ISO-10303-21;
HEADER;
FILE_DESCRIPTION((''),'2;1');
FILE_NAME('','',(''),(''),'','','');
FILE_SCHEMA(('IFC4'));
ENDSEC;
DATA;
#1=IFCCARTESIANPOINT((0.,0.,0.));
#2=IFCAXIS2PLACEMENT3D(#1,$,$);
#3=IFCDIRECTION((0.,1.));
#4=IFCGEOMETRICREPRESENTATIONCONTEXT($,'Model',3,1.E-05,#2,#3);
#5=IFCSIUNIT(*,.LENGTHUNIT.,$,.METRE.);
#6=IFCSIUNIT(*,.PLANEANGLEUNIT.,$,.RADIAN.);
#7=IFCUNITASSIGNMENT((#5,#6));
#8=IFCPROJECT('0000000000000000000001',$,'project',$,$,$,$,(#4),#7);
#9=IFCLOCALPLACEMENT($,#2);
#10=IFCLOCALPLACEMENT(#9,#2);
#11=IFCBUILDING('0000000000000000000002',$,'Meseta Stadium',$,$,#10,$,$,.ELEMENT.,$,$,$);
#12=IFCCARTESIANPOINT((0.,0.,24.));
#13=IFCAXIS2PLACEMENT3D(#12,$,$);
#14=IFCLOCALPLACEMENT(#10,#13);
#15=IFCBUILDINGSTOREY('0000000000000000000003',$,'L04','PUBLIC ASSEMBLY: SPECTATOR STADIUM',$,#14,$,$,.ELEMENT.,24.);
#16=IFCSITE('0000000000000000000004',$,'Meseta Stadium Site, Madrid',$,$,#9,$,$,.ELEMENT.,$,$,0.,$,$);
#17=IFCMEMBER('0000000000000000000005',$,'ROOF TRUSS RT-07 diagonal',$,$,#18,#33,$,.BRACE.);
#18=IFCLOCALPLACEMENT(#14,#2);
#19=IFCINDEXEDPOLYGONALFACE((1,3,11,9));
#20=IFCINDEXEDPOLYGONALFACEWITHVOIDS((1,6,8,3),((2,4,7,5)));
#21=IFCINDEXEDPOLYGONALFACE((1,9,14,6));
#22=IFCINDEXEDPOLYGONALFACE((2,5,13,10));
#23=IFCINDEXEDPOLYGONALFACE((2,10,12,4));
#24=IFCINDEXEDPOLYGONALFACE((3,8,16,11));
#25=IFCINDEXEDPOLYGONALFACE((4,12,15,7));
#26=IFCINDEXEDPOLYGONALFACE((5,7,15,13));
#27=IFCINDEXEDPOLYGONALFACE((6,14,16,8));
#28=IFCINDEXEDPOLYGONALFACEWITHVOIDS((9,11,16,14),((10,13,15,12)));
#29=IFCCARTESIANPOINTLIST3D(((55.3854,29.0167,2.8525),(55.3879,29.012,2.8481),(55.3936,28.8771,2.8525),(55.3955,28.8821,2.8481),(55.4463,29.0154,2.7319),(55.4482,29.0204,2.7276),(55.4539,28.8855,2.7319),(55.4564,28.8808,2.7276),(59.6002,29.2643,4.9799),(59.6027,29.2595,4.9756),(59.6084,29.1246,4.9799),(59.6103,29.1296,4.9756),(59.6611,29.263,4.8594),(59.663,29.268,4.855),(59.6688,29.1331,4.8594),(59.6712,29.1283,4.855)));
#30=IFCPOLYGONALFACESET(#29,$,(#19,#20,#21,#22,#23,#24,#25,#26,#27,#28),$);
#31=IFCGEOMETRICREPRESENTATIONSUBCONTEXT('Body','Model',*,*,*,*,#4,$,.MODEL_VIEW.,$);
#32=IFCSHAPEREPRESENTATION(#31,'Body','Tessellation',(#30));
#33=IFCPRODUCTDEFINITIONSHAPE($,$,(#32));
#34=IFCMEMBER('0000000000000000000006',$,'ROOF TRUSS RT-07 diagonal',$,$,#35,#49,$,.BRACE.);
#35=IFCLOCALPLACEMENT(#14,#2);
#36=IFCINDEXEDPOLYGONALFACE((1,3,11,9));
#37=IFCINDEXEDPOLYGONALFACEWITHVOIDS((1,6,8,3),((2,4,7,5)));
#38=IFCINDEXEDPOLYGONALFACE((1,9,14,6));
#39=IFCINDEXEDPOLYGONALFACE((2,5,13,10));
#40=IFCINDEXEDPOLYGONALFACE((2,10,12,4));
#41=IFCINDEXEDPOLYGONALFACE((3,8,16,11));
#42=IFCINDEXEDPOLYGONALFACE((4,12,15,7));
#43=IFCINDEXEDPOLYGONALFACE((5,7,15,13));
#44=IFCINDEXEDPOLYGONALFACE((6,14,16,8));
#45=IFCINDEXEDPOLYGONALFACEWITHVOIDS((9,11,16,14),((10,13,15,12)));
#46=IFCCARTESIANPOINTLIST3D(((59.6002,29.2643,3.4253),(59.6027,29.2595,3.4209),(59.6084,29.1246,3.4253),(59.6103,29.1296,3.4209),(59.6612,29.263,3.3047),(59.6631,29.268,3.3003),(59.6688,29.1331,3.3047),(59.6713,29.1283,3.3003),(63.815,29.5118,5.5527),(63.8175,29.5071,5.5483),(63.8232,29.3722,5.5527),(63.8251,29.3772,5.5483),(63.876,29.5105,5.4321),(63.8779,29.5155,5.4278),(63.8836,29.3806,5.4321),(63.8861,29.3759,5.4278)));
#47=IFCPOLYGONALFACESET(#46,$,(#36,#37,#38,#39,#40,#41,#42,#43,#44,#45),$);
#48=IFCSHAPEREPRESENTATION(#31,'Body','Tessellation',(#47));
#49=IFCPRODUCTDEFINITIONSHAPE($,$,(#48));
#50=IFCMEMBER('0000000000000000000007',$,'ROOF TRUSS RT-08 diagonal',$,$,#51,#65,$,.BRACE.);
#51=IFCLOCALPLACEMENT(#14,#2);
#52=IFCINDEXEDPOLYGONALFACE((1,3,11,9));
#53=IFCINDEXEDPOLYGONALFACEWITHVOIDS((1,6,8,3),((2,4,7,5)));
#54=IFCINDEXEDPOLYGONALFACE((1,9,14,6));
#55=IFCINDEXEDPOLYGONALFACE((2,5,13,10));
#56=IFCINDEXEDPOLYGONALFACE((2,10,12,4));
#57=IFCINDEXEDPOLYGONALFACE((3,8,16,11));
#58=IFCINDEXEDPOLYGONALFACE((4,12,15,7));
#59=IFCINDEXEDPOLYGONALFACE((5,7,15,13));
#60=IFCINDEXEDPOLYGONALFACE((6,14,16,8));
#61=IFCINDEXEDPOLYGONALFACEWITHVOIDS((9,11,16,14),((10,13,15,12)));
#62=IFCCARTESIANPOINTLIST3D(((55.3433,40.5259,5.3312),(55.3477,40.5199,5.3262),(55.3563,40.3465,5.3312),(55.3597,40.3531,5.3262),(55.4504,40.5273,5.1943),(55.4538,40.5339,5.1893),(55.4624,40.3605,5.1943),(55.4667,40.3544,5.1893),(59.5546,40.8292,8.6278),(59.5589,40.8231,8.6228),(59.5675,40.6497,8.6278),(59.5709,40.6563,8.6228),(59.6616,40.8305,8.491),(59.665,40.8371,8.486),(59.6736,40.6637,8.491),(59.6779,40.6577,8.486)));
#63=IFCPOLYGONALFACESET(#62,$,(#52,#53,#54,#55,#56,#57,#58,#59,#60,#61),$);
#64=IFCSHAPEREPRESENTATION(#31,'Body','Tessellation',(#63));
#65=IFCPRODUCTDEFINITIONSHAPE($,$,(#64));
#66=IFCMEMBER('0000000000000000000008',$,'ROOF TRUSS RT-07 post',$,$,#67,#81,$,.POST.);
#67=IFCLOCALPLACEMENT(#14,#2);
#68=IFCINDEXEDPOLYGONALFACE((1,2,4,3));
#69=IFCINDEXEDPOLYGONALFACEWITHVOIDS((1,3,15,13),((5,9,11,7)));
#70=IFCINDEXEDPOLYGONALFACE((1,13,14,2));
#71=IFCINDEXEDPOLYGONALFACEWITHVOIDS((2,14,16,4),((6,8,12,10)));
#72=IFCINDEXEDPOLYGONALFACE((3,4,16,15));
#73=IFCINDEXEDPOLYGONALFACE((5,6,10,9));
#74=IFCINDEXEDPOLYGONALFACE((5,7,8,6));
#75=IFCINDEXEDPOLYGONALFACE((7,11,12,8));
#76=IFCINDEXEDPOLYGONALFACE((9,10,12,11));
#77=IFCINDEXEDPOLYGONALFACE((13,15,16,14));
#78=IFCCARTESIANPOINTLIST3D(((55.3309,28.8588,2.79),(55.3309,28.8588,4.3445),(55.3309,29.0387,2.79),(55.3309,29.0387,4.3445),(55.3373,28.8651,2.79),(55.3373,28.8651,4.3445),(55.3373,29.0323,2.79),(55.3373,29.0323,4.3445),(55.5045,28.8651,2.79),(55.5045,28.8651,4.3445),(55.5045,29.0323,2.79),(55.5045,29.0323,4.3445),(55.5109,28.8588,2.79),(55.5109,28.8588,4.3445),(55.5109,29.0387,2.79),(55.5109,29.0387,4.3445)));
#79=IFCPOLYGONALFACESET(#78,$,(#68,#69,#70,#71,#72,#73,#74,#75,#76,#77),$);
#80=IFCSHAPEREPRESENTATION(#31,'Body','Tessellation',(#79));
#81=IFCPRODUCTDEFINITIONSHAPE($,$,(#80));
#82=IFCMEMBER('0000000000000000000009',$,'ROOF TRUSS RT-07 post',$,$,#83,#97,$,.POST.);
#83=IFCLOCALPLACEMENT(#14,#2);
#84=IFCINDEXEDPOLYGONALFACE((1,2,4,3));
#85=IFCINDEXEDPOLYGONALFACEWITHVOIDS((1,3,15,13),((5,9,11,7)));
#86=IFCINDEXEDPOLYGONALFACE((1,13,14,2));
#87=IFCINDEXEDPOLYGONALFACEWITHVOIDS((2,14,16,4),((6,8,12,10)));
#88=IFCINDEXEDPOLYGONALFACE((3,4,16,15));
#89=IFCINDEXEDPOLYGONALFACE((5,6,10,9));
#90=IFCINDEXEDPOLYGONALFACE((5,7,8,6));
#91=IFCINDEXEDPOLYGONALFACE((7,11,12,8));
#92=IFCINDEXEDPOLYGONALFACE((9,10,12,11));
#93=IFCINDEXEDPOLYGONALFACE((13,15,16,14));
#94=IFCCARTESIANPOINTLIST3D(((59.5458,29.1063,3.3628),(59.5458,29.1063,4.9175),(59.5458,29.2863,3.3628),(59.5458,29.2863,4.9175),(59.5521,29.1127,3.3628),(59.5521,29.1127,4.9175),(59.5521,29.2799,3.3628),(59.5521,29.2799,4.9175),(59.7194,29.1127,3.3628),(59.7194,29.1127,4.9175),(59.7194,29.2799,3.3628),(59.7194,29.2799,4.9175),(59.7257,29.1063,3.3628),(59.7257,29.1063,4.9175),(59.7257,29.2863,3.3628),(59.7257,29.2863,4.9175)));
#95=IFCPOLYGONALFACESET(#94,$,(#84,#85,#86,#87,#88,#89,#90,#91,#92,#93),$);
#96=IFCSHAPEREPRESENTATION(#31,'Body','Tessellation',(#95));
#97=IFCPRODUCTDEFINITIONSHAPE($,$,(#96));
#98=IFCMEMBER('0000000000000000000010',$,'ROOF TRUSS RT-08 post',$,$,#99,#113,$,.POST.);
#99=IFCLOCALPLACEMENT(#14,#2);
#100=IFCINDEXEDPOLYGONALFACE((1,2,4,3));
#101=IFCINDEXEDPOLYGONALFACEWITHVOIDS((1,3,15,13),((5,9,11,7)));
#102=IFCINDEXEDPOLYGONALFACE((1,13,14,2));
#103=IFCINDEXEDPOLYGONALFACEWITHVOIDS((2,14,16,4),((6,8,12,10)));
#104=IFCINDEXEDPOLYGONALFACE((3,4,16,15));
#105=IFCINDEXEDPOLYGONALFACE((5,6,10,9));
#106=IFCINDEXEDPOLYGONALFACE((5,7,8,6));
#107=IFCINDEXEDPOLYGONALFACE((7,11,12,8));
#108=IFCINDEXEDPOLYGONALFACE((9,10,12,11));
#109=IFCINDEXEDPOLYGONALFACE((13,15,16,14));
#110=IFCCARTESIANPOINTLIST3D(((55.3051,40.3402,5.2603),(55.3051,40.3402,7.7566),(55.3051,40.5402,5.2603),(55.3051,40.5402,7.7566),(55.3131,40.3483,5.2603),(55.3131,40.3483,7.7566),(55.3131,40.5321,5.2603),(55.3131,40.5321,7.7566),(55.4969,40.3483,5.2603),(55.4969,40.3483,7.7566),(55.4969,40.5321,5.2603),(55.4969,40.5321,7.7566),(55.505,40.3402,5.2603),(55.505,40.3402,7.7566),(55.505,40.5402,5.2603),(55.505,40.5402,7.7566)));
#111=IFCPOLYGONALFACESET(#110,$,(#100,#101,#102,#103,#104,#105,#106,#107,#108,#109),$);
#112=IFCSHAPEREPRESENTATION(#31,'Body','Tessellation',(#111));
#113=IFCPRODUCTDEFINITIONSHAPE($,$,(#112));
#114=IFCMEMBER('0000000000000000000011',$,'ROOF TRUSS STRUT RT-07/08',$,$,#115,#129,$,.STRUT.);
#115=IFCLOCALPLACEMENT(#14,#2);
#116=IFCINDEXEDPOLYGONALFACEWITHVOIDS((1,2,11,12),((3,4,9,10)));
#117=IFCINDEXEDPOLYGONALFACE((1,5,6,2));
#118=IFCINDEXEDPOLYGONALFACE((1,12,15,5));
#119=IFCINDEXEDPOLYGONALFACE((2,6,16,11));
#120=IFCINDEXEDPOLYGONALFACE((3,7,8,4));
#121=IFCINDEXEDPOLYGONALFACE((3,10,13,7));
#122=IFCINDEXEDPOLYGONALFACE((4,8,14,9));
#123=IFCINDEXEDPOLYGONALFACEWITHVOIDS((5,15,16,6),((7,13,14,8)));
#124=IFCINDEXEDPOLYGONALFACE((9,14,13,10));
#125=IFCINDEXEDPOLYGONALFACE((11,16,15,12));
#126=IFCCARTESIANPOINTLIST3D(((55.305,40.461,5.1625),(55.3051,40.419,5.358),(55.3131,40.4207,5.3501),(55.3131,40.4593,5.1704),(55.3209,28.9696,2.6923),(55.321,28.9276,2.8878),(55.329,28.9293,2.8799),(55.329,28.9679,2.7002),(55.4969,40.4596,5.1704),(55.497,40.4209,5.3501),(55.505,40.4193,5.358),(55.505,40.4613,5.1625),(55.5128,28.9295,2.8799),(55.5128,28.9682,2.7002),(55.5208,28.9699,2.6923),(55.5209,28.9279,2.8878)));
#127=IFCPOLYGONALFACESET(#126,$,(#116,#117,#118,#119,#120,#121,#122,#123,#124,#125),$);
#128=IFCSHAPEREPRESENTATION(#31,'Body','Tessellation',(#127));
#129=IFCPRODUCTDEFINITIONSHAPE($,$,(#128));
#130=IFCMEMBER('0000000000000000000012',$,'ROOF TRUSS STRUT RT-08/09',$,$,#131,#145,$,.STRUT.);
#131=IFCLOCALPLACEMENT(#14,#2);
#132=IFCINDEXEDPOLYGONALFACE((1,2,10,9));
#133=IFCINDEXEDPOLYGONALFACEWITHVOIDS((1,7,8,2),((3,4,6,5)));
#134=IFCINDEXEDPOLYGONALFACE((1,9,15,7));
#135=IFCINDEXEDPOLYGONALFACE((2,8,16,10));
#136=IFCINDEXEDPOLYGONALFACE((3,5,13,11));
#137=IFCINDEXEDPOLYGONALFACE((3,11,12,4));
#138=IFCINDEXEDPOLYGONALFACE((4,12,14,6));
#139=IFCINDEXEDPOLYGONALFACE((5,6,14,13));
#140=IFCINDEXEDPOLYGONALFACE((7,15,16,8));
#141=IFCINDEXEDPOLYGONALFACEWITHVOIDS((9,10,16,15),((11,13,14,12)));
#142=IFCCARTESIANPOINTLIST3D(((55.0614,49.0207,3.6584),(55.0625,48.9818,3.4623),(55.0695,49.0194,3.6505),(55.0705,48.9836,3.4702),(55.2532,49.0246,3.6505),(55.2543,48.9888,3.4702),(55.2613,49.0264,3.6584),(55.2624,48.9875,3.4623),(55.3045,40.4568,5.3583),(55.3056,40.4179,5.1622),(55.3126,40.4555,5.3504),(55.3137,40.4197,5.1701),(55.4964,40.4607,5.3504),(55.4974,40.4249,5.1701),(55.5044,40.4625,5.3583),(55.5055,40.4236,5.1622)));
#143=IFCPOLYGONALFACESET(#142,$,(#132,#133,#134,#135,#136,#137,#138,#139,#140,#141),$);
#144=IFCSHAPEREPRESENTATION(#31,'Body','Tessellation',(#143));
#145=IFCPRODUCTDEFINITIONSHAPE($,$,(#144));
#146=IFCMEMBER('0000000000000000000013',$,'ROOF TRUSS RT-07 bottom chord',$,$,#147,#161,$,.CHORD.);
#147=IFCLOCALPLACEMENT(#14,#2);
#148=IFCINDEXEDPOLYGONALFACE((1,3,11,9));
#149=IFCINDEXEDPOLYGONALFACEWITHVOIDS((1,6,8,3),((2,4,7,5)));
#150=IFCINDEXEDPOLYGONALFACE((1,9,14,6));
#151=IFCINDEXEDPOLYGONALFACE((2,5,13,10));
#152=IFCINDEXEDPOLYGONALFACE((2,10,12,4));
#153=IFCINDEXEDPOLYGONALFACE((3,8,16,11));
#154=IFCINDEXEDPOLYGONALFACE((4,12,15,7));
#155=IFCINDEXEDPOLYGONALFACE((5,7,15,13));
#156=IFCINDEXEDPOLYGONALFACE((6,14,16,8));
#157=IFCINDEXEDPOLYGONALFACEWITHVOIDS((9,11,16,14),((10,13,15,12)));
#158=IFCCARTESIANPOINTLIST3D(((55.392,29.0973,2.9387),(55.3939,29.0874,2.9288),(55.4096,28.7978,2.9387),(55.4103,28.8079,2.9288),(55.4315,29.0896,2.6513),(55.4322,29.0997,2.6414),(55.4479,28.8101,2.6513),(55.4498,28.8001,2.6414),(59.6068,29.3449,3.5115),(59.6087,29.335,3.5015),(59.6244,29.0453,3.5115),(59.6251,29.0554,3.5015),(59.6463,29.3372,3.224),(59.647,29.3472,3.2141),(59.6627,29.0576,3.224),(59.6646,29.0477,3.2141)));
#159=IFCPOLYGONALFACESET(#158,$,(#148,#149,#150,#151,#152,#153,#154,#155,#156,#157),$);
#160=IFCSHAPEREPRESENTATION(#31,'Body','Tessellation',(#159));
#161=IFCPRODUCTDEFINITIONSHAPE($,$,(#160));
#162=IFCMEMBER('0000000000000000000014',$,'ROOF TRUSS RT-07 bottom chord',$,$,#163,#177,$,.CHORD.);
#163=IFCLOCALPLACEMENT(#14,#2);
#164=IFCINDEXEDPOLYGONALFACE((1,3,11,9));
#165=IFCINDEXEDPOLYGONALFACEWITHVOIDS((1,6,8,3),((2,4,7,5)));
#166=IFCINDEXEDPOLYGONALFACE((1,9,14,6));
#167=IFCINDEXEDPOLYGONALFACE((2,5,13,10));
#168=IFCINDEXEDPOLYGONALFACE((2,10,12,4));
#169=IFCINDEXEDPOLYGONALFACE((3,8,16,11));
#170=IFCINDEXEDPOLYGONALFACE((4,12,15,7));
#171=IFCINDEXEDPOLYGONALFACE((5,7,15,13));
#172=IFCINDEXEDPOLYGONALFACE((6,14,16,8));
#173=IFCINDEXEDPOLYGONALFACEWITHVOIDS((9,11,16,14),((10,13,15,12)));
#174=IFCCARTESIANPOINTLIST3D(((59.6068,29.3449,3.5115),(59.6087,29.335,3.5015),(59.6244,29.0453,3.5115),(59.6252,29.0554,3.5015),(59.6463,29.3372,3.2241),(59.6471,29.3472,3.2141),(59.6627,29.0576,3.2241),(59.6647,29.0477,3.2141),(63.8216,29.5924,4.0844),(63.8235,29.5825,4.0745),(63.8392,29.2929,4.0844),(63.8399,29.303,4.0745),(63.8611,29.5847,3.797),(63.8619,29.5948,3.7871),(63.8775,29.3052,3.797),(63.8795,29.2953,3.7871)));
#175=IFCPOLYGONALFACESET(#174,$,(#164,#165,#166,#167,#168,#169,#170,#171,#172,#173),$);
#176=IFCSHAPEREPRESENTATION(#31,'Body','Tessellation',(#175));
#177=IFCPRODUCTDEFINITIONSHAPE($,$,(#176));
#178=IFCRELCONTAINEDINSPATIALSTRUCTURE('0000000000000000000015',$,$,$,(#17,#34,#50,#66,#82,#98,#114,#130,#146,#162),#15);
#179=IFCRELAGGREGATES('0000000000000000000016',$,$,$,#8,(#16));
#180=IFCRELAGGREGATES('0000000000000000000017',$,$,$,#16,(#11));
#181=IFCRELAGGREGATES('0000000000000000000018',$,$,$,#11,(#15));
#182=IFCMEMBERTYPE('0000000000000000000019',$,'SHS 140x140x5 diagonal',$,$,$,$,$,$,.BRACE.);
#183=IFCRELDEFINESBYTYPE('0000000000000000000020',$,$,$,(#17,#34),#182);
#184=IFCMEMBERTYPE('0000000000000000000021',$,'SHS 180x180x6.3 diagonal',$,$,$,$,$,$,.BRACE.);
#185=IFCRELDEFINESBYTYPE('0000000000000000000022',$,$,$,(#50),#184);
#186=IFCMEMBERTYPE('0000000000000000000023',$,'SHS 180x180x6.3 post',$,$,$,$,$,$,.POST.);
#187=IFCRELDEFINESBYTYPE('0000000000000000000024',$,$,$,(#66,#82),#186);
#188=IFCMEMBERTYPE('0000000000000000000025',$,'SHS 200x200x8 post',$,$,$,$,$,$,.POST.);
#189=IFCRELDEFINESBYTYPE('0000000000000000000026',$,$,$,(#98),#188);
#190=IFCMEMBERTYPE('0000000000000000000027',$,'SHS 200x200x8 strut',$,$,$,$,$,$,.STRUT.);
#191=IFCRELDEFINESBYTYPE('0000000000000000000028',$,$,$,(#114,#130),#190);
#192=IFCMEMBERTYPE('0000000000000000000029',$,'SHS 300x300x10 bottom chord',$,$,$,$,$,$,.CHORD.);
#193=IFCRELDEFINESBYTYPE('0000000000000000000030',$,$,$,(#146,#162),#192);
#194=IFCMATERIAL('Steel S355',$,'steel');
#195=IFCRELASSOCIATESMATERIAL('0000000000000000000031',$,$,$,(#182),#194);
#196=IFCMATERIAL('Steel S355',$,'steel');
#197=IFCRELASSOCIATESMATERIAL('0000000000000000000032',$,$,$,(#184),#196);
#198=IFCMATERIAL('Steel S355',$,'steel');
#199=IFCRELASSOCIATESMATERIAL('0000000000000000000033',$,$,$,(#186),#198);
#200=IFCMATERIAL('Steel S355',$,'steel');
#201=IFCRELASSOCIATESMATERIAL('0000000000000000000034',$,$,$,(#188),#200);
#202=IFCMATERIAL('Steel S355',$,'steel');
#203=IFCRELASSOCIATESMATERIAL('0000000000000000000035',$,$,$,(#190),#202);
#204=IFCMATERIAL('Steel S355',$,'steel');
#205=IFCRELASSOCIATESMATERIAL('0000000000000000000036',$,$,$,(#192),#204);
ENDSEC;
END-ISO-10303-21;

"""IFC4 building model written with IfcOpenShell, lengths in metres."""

from ifc_helpers import new_model, si_unit, direction, frame, origin, origin_2d, place, context, subcontext, project, spatial, hollow_rectangle, extrude, material, material_profile, profile_set, type_object, element, save


model = new_model("IFC4")

# Units and contexts
model_context = context("Model", 3, precision=1e-05, world=origin(), true_north=direction((0.0, 1.0)))
body_context = subcontext(model_context, "Body", "Model", "MODEL_VIEW")
ifc_project = project(units=[si_unit("LENGTHUNIT", "METRE"), si_unit("PLANEANGLEUNIT", "RADIAN")], contexts=[model_context])

# Site, building, storey
site_placement = place(None, origin())
site = spatial("IfcSite", under=ifc_project, at=site_placement, Name="Meseta Stadium Site, Madrid", CompositionType="ELEMENT", RefElevation=0.0)
building_placement = place(site_placement, origin())
building = spatial("IfcBuilding", under=site, at=building_placement, Name="Meseta Stadium", CompositionType="ELEMENT")
storey_placement = place(building_placement, frame((0.0, 0.0, 24.0)))
storey = spatial("IfcBuildingStorey", under=building, at=storey_placement, Name="L04", Description="PUBLIC ASSEMBLY: SPECTATOR STADIUM", CompositionType="ELEMENT", Elevation=24.0)

# Members
ifc_material_1 = material(Name="Steel S355", Category="steel")
ifc_material_profile_1 = material_profile(ifc_material_1, hollow_rectangle(XDim=0.1399, YDim=0.1399, WallThickness=0.0049, at=origin_2d()), Name="SHS 140x140x5")
ifc_profile_set_1 = profile_set([ifc_material_profile_1], Name="Steel S355")
member_type_1 = type_object("IfcMemberType", Name="SHS 140x140x5 diagonal", PredefinedType="BRACE", material=ifc_profile_set_1)
for number, where, z_axis, x_axis, name in (
    (1, (55.4209, 28.9487, 2.79), (0.8915, 0.052362, 0.449984), (-0.058634, 0.99828, 0.0), "ROOF TRUSS RT-07 diagonal"),
    (2, (59.6357, 29.1963, 3.3628), (0.8915, 0.052362, 0.449984), (-0.058634, 0.99828, 0.0), "ROOF TRUSS RT-07 diagonal"),
):
    element("IfcMember", number, at=place(storey_placement, frame(where, z_axis=z_axis, x_axis=x_axis)), inside=storey, type_object=member_type_1, Name=name, PredefinedType="BRACE", context=body_context, shape_type="SweptSolid", body=[
        extrude(hollow_rectangle(XDim=0.1399, YDim=0.1399, WallThickness=0.0049, at=origin_2d()), origin(), (0.0, 0.0, 1.0), 4.7278),
    ])
ifc_material_2 = material(Name="Steel S355", Category="steel")
ifc_material_profile_2 = material_profile(ifc_material_2, hollow_rectangle(XDim=0.1799, YDim=0.1799, WallThickness=0.0063, at=origin_2d()), Name="SHS 180x180x6.3")
ifc_profile_set_2 = profile_set([ifc_material_profile_2], Name="Steel S355")
member_type_2 = type_object("IfcMemberType", Name="SHS 180x180x6.3 diagonal", PredefinedType="BRACE", material=ifc_profile_set_2)
member_1_placement = place(storey_placement, frame((55.405, 40.4402, 5.2603), z_axis=(0.786159, 0.056607, 0.615427), x_axis=(-0.071818, 0.997418, 0.0)))
element("IfcMember", 3, at=member_1_placement, inside=storey, type_object=member_type_2, Name="ROOF TRUSS RT-08 diagonal", PredefinedType="BRACE", context=body_context, shape_type="SweptSolid", body=[
    extrude(hollow_rectangle(XDim=0.1799, YDim=0.1799, WallThickness=0.0063, at=origin_2d()), origin(), (0.0, 0.0, 1.0), 5.3567),
])
ifc_material_3 = material(Name="Steel S355", Category="steel")
ifc_material_profile_3 = material_profile(ifc_material_3, hollow_rectangle(XDim=0.1799, YDim=0.1799, WallThickness=0.0063, at=origin_2d()), Name="SHS 180x180x6.3")
ifc_profile_set_3 = profile_set([ifc_material_profile_3], Name="Steel S355")
member_type_3 = type_object("IfcMemberType", Name="SHS 180x180x6.3 post", PredefinedType="POST", material=ifc_profile_set_3)
member_2_placement = place(storey_placement, frame((55.4209, 28.9487, 2.79), z_axis=(0.0, 0.0, 1.0), x_axis=(1.0, 0.0, 0.0)))
element("IfcMember", 4, at=member_2_placement, inside=storey, type_object=member_type_3, Name="ROOF TRUSS RT-07 post", PredefinedType="POST", context=body_context, shape_type="SweptSolid", body=[
    extrude(hollow_rectangle(XDim=0.1799, YDim=0.1799, WallThickness=0.0063, at=origin_2d()), origin(), (0.0, 0.0, 1.0), 1.5544),
])
member_3_placement = place(storey_placement, frame((59.6357, 29.1963, 3.3628), z_axis=(0.0, 0.0, 1.0), x_axis=(1.0, 0.0, 0.0)))
element("IfcMember", 5, at=member_3_placement, inside=storey, type_object=member_type_3, Name="ROOF TRUSS RT-07 post", PredefinedType="POST", context=body_context, shape_type="SweptSolid", body=[
    extrude(hollow_rectangle(XDim=0.1799, YDim=0.1799, WallThickness=0.0063, at=origin_2d()), origin(), (0.0, 0.0, 1.0), 1.5547),
])
ifc_material_4 = material(Name="Steel S355", Category="steel")
ifc_material_profile_4 = material_profile(ifc_material_4, hollow_rectangle(XDim=0.2, YDim=0.2, WallThickness=0.0081, at=origin_2d()), Name="SHS 200x200x8")
ifc_profile_set_4 = profile_set([ifc_material_profile_4], Name="Steel S355")
member_type_4 = type_object("IfcMemberType", Name="SHS 200x200x8 post", PredefinedType="POST", material=ifc_profile_set_4)
member_4_placement = place(storey_placement, frame((55.405, 40.4402, 5.2603), z_axis=(0.0, 0.0, 1.0), x_axis=(1.0, 0.0, 0.0)))
element("IfcMember", 6, at=member_4_placement, inside=storey, type_object=member_type_4, Name="ROOF TRUSS RT-08 post", PredefinedType="POST", context=body_context, shape_type="SweptSolid", body=[
    extrude(hollow_rectangle(XDim=0.2, YDim=0.2, WallThickness=0.0081, at=origin_2d()), origin(), (0.0, 0.0, 1.0), 2.4963),
])
ifc_material_5 = material(Name="Steel S355", Category="steel")
ifc_material_profile_5 = material_profile(ifc_material_5, hollow_rectangle(XDim=0.2, YDim=0.2, WallThickness=0.0081, at=origin_2d()), Name="SHS 200x200x8")
ifc_profile_set_5 = profile_set([ifc_material_profile_5], Name="Steel S355")
member_type_5 = type_object("IfcMemberType", Name="SHS 200x200x8 strut", PredefinedType="STRUT", material=ifc_profile_set_5)
member_5_placement = place(storey_placement, frame((55.4209, 28.9487, 2.79), z_axis=(-0.00135, 0.977666, 0.21016), x_axis=(-0.999999, -0.001381, 0.0)))
element("IfcMember", 7, at=member_5_placement, inside=storey, type_object=member_type_5, Name="ROOF TRUSS STRUT RT-07/08", PredefinedType="STRUT", context=body_context, shape_type="SweptSolid", body=[
    extrude(hollow_rectangle(XDim=0.2, YDim=0.2, WallThickness=0.0081, at=origin_2d()), origin(), (0.0, 0.0, 1.0), 11.7539),
])
member_6_placement = place(storey_placement, frame((55.405, 40.4402, 5.2603), z_axis=(-0.02784, 0.980482, -0.194626), x_axis=(-0.999597, -0.028382, 0.0)))
element("IfcMember", 8, at=member_6_placement, inside=storey, type_object=member_type_5, Name="ROOF TRUSS STRUT RT-08/09", PredefinedType="STRUT", context=body_context, shape_type="SweptSolid", body=[
    extrude(hollow_rectangle(XDim=0.2, YDim=0.2, WallThickness=0.0081, at=origin_2d()), origin(), (0.0, 0.0, 1.0), 8.7344),
])
ifc_material_6 = material(Name="Steel S355", Category="steel")
ifc_material_profile_6 = material_profile(ifc_material_6, hollow_rectangle(XDim=0.3, YDim=0.3, WallThickness=0.01, at=origin_2d()), Name="SHS 300x300x10")
ifc_profile_set_6 = profile_set([ifc_material_profile_6], Name="Steel S355")
member_type_6 = type_object("IfcMemberType", Name="SHS 300x300x10 bottom chord", PredefinedType="CHORD", material=ifc_profile_set_6)
for number, where, z_axis, x_axis, name in (
    (9, (55.4209, 28.9487, 2.79), (0.989219, 0.058102, 0.134425), (-0.058634, 0.99828, 0.0), "ROOF TRUSS RT-07 bottom chord"),
    (10, (59.6357, 29.1963, 3.3628), (0.989211, 0.058101, 0.134481), (-0.058634, 0.99828, 0.0), "ROOF TRUSS RT-07 bottom chord"),
):
    element("IfcMember", number, at=place(storey_placement, frame(where, z_axis=z_axis, x_axis=x_axis)), inside=storey, type_object=member_type_6, Name=name, PredefinedType="CHORD", context=body_context, shape_type="SweptSolid", body=[
        extrude(hollow_rectangle(XDim=0.3, YDim=0.3, WallThickness=0.01, at=origin_2d()), origin(), (0.0, 0.0, 1.0), 4.2607),
    ])

save(model, "model.ifc")
